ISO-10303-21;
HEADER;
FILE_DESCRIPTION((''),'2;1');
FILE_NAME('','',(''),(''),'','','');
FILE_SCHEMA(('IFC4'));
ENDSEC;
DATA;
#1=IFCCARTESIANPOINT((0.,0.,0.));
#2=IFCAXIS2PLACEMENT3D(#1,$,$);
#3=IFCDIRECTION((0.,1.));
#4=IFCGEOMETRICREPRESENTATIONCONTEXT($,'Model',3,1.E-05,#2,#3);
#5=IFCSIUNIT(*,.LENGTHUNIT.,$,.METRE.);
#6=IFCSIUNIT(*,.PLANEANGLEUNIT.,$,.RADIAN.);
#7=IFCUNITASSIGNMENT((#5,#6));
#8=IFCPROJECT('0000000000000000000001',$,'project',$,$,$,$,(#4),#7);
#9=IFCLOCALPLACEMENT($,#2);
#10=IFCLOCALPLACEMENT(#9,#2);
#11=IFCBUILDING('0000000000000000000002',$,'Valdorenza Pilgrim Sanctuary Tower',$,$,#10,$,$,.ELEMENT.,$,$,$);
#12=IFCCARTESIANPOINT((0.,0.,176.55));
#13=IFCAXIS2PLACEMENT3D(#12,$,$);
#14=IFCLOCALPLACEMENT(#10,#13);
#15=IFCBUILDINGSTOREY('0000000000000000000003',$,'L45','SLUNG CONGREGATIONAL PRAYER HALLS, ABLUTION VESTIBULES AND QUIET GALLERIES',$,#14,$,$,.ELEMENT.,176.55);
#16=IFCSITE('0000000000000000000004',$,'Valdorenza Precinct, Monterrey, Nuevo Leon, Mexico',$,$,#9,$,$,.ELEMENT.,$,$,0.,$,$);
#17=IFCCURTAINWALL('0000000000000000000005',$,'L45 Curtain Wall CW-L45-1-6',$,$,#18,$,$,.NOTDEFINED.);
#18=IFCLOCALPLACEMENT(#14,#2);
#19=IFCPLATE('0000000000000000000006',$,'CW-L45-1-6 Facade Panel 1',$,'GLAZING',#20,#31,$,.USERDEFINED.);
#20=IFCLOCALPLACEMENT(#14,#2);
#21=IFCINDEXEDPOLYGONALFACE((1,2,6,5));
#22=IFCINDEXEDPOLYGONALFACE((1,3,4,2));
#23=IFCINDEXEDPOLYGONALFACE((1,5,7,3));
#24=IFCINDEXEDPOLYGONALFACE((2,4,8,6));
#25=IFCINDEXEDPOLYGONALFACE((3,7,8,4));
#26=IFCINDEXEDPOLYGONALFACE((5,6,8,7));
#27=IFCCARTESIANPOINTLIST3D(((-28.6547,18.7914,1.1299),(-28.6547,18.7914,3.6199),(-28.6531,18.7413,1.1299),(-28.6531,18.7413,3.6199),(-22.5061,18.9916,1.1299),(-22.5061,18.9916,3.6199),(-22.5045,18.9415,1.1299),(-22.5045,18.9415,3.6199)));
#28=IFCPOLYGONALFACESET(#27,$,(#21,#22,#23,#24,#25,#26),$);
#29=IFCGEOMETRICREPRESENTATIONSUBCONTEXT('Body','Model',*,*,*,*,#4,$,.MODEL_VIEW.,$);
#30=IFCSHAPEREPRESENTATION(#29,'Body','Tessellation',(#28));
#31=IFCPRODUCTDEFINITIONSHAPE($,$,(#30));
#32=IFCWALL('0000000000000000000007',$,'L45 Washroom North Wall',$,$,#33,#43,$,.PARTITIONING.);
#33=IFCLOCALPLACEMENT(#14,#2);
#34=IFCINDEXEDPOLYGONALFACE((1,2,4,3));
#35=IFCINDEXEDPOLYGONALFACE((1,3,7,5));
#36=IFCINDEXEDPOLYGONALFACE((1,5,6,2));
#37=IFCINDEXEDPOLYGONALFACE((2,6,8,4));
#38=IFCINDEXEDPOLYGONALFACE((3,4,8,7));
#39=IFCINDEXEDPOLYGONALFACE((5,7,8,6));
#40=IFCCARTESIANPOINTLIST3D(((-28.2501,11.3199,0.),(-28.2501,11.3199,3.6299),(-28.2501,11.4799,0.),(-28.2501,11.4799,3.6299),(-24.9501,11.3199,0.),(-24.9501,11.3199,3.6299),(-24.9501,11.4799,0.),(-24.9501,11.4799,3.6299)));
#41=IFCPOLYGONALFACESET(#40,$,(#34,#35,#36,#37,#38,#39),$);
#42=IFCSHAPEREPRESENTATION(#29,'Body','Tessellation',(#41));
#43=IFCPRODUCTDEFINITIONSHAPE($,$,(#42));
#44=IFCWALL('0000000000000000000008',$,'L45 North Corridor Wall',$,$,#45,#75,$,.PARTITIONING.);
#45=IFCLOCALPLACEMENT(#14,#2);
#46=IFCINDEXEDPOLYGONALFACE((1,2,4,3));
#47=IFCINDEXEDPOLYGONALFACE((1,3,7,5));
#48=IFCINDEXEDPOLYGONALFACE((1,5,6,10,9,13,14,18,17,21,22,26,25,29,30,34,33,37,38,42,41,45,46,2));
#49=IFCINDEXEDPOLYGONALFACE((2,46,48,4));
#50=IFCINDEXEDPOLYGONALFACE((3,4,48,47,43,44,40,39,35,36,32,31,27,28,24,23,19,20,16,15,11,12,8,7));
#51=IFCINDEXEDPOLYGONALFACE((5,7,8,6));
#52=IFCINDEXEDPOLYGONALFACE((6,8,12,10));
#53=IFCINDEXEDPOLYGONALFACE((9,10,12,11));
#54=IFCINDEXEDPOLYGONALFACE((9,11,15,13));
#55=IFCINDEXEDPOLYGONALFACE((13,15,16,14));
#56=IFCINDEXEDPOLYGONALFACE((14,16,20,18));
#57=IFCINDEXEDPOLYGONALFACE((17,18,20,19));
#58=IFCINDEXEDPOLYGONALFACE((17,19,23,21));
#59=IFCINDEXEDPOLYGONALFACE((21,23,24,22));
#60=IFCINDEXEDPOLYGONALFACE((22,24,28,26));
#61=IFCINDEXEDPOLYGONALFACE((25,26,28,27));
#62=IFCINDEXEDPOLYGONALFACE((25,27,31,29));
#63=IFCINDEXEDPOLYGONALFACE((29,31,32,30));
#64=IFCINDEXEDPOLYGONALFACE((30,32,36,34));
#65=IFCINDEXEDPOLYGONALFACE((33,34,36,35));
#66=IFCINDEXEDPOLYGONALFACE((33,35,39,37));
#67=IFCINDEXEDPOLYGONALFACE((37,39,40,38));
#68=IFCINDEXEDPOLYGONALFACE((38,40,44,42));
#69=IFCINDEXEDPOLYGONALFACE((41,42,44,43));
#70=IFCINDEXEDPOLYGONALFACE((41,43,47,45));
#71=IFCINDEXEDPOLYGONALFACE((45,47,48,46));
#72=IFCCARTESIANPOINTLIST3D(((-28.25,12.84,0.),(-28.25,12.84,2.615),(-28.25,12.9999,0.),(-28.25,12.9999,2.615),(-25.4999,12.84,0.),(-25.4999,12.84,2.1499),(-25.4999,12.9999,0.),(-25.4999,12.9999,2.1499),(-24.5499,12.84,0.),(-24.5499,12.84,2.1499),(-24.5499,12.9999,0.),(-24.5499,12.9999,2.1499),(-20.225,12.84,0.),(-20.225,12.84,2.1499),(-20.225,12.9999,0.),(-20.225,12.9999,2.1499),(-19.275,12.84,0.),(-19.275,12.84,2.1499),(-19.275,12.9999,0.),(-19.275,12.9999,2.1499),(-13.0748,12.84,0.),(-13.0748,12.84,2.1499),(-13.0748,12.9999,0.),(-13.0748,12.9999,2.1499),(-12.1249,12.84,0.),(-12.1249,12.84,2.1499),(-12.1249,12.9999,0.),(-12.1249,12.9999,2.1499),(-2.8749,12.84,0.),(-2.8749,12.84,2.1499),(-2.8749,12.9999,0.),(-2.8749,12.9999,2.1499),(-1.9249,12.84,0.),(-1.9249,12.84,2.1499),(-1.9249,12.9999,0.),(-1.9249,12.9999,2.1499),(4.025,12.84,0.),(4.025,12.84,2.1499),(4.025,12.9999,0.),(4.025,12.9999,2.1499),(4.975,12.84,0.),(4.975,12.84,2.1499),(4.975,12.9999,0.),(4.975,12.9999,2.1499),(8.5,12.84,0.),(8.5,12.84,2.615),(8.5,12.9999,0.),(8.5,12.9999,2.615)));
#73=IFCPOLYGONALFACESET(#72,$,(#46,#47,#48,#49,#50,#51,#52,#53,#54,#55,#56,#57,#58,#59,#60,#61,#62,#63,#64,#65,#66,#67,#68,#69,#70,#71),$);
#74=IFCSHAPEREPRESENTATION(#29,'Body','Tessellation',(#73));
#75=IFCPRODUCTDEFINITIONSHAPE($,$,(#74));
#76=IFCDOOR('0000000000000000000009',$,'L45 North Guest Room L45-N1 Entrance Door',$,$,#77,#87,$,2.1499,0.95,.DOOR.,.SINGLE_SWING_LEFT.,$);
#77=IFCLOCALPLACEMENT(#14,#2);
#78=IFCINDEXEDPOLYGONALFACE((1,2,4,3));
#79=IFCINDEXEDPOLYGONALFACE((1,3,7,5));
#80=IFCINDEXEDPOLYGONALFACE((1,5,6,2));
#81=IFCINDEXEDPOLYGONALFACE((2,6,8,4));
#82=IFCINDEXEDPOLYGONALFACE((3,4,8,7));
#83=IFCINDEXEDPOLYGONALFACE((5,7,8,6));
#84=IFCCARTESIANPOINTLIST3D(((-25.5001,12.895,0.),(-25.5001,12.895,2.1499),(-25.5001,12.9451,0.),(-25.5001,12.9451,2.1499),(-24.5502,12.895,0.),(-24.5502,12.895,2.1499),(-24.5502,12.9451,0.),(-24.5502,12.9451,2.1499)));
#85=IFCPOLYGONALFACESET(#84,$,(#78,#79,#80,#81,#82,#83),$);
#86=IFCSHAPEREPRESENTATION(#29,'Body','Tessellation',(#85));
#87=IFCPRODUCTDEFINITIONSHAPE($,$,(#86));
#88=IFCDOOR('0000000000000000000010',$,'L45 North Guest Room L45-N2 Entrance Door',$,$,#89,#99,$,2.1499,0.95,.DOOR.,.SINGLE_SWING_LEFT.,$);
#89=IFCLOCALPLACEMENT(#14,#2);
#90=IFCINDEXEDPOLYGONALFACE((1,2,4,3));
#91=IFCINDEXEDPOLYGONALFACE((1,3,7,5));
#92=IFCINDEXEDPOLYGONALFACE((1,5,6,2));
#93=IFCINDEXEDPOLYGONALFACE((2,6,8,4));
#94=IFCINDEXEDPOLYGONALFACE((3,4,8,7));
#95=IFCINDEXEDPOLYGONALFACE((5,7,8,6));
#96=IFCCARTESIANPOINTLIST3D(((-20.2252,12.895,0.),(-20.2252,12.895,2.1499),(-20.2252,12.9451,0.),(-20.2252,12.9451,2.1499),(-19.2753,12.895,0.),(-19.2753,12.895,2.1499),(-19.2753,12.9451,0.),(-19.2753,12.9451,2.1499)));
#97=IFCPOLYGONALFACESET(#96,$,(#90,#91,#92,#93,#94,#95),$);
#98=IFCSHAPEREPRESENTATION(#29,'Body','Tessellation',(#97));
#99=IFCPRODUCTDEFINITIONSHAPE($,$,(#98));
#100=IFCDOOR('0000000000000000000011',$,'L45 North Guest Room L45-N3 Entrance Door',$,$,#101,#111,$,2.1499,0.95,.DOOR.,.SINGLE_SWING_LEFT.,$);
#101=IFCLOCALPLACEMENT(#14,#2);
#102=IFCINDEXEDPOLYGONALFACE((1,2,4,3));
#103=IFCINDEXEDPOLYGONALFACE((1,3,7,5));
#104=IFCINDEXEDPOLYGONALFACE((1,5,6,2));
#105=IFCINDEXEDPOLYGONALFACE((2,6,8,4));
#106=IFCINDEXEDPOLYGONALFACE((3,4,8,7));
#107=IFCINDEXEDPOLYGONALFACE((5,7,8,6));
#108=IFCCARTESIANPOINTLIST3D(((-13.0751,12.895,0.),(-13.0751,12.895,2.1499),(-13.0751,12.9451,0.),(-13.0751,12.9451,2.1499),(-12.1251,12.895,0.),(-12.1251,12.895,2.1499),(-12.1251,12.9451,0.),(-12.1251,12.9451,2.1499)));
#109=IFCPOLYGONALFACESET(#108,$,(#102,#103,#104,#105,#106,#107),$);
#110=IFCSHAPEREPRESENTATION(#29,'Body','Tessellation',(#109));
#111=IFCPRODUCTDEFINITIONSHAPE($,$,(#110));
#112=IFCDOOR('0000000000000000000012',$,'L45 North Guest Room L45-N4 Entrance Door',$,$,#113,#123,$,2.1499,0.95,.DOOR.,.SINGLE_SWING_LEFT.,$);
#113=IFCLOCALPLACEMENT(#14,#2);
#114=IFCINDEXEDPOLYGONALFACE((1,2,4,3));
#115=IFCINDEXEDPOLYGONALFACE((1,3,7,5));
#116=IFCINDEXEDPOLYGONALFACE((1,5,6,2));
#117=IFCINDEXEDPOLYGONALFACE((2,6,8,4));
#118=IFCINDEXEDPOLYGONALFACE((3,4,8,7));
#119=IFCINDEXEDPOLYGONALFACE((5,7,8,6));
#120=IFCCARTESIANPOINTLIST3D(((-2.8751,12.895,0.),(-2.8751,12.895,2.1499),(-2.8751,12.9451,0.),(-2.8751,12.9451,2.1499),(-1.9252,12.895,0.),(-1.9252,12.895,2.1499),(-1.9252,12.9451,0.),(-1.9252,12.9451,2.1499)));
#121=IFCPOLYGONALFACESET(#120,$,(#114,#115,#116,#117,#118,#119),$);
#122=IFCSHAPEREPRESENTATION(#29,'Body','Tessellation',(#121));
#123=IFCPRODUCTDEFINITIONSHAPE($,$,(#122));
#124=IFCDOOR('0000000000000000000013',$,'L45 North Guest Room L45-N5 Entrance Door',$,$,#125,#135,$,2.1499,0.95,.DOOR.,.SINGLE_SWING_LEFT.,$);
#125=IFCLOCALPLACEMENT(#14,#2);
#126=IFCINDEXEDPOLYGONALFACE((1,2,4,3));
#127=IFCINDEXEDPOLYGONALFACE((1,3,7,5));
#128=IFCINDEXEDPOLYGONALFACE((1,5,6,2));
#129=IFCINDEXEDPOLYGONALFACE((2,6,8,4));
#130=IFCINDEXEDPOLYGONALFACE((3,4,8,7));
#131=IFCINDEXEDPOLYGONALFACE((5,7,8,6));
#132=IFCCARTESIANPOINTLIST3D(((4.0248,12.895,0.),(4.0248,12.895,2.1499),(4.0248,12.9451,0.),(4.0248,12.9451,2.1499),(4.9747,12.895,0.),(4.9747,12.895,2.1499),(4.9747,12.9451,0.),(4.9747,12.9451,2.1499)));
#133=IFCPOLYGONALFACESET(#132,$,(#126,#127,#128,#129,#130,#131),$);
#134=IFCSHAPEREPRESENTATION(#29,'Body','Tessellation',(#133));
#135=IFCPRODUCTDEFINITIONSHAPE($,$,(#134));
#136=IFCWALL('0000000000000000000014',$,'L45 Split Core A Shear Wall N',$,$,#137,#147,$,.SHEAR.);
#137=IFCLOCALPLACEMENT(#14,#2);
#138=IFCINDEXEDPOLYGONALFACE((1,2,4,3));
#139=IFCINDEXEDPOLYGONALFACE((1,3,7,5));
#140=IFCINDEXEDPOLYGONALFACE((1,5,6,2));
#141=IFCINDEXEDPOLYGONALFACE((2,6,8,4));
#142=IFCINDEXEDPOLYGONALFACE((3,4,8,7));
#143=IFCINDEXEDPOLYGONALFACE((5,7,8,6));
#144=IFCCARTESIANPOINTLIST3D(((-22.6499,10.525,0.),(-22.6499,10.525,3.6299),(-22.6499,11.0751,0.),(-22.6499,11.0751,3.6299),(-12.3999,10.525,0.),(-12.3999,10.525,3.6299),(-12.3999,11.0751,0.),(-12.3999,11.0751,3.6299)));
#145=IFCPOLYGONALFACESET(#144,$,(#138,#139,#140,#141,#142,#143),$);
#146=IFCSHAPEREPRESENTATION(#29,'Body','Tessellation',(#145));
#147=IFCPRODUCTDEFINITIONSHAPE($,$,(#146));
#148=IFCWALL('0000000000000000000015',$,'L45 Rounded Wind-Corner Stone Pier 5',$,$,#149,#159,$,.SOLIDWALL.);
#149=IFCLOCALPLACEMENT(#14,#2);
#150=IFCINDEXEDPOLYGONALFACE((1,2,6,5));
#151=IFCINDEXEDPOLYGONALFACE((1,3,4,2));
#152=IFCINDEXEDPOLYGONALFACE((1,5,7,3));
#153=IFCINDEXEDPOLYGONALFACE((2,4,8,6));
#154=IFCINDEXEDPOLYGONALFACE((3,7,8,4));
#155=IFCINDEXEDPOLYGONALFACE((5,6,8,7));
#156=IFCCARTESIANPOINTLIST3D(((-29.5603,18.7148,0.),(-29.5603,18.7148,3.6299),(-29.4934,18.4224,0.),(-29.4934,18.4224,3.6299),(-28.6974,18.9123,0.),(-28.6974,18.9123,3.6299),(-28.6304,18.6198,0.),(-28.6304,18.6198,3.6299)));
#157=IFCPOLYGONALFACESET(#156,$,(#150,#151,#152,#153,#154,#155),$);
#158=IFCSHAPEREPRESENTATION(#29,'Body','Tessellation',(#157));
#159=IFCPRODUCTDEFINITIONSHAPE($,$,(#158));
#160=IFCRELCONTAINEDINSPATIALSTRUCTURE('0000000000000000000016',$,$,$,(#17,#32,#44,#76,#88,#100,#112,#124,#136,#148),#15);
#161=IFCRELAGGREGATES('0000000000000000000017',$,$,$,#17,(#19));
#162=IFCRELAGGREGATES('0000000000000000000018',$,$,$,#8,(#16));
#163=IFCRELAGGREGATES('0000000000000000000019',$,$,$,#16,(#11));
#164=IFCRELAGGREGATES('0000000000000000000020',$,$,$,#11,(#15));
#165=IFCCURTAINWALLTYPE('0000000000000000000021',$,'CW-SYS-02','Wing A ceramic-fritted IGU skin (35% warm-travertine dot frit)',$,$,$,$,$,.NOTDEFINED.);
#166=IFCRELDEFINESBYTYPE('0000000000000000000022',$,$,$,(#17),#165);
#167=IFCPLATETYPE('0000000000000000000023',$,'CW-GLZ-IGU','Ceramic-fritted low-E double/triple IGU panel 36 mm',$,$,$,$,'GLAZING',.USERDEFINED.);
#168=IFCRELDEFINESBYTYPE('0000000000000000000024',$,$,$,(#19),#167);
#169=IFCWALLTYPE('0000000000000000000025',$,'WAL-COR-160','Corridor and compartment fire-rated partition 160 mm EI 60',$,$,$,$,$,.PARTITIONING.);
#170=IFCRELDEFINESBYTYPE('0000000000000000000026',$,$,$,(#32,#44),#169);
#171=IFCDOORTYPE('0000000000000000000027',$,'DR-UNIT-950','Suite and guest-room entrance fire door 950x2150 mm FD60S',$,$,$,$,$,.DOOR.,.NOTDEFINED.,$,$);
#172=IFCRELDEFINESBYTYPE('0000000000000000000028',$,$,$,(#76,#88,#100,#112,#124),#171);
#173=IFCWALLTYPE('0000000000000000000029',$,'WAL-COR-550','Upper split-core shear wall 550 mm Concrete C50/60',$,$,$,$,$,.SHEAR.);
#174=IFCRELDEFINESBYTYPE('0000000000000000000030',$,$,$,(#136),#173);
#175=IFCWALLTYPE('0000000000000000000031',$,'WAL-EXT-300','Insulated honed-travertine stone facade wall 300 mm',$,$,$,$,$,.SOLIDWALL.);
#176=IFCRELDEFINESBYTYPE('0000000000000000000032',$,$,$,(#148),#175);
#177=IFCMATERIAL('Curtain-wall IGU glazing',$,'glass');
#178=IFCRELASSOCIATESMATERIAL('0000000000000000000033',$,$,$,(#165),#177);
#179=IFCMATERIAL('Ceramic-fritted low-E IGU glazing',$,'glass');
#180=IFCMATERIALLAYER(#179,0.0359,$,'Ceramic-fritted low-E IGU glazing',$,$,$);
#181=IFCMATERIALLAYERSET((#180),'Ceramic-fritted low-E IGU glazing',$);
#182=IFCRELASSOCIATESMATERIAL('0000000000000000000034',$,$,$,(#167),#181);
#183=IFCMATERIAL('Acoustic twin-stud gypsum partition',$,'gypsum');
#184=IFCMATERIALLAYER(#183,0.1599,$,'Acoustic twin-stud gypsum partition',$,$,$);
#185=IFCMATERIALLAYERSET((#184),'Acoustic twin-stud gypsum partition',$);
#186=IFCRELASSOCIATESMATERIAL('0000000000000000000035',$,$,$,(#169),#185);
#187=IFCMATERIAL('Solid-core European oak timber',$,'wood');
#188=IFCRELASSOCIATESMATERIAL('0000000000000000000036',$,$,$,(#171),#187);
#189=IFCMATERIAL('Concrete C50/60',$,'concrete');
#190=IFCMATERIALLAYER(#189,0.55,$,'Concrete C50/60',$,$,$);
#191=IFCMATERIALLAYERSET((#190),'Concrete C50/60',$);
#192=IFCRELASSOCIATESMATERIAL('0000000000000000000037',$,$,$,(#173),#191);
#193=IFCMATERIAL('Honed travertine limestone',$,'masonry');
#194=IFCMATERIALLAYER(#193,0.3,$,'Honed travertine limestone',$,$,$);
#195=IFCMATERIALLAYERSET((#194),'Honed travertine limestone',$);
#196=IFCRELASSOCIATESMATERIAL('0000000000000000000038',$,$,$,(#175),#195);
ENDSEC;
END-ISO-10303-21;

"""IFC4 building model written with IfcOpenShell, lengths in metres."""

from ifc_helpers import new_model, si_unit, direction, frame, frame_2d, origin, origin_2d, place, context, subcontext, project, spatial, rectangle, extrude, source, transform, mapped, material, layer, layer_set, type_object, element, fill, aggregate, save


model = new_model("IFC4")

# Units and contexts
model_context = context("Model", 3, precision=1e-05, world=origin(), true_north=direction((0.0, 1.0)))
body_context = subcontext(model_context, "Body", "Model", "MODEL_VIEW")
ifc_project = project(units=[si_unit("LENGTHUNIT", "METRE"), si_unit("PLANEANGLEUNIT", "RADIAN")], contexts=[model_context])

# Site, building, storey
site_placement = place(None, origin())
site = spatial("IfcSite", under=ifc_project, at=site_placement, Name="Valdorenza Precinct, Monterrey, Nuevo Leon, Mexico", CompositionType="ELEMENT", RefElevation=0.0)
building_placement = place(site_placement, origin())
building = spatial("IfcBuilding", under=site, at=building_placement, Name="Valdorenza Pilgrim Sanctuary Tower", CompositionType="ELEMENT")
storey_placement = place(building_placement, frame((0.0, 0.0, 176.55)))
storey = spatial("IfcBuildingStorey", under=building, at=storey_placement, Name="L45", Description="SLUNG CONGREGATIONAL PRAYER HALLS, ABLUTION VESTIBULES AND QUIET GALLERIES", CompositionType="ELEMENT", Elevation=176.55)

# Shared definitions
ifc_material_1 = material(Name="Concrete C50/60", Category="concrete")

# Curtain wall, plate
ifc_material_2 = material(Name="Curtain-wall IGU glazing", Category="glass")
curtain_wall_type = type_object("IfcCurtainWallType", Name="CW-SYS-02", Description="Wing A ceramic-fritted IGU skin (35% warm-travertine dot frit)", PredefinedType="NOTDEFINED", material=ifc_material_2)
curtain_wall_placement = place(storey_placement, origin())
curtain_wall = element("IfcCurtainWall", 1, at=curtain_wall_placement, inside=storey, type_object=curtain_wall_type, Name="L45 Curtain Wall CW-L45-1-6", PredefinedType="NOTDEFINED")
ifc_material_3 = material(Name="Honed travertine limestone", Category="masonry")
ifc_material_4 = material(Name="Ceramic-fritted low-E IGU glazing", Category="glass")
ifc_layer_1 = layer(ifc_material_4, 0.0359, Name="Ceramic-fritted low-E IGU glazing")
ifc_layer_set_1 = layer_set([ifc_layer_1], Name="Ceramic-fritted low-E IGU glazing")
plate_type_1 = type_object("IfcPlateType", Name="CW-GLZ-IGU", Description="Ceramic-fritted low-E double/triple IGU panel 36 mm", ElementType="GLAZING", PredefinedType="USERDEFINED", material=ifc_layer_set_1)
shared_shape_1 = source(origin(), body_context, "Body", "SweptSolid", [
    extrude(rectangle(XDim=6.1519, YDim=0.05, at=origin_2d()), origin(), (0.0, 0.0, 1.0), 2.49),
])
plate_1_placement = place(storey_placement, frame((-25.5796, 18.8665, 1.1299), z_axis=(0.0, 0.0, 1.0), x_axis=(0.99947, 0.032545, 0.0)))
plate_1 = element("IfcPlate", 2, at=plate_1_placement, type_object=plate_type_1, Name="CW-L45-1-6 Facade Panel 1", ObjectType="GLAZING", PredefinedType="USERDEFINED", context=body_context, shape_type="MappedRepresentation", body=[
    mapped(shared_shape_1, transform((0.0, 0.0, 0.0), x_axis=(1.0, 0.0, 0.0), y_axis=(0.0, 1.0, 0.0), z_axis=(0.0, 0.0, 1.0), scale=1.0)),
])
aggregate(curtain_wall, [plate_1])

# Wall
ifc_material_5 = material(Name="Acoustic twin-stud gypsum partition", Category="gypsum")
ifc_layer_2 = layer(ifc_material_5, 0.1599, Name="Acoustic twin-stud gypsum partition")
ifc_layer_set_2 = layer_set([ifc_layer_2], Name="Acoustic twin-stud gypsum partition")
wall_type_1 = type_object("IfcWallType", Name="WAL-COR-160", Description="Corridor and compartment fire-rated partition 160 mm EI 60", PredefinedType="PARTITIONING", material=ifc_layer_set_2)
wall_1_placement = place(storey_placement, frame((-28.25, 11.3999, 0.0), z_axis=(0.0, 0.0, 1.0), x_axis=(1.0, 0.0, 0.0)))
element("IfcWall", 3, at=wall_1_placement, inside=storey, type_object=wall_type_1, Name="L45 Washroom North Wall", PredefinedType="PARTITIONING", context=body_context, shape_type="SweptSolid", body=[
    extrude(rectangle(XDim=3.3, YDim=0.1599, at=frame_2d((1.6499, 0.0))), origin(), (0.0, 0.0, 1.0), 3.6299),
])

# Wall, openings, doors
wall_2_placement = place(storey_placement, frame((-28.25, 12.9199, 0.0), z_axis=(0.0, 0.0, 1.0), x_axis=(1.0, 0.0, 0.0)))
wall_2 = element("IfcWall", 4, at=wall_2_placement, inside=storey, type_object=wall_type_1, Name="L45 North Corridor Wall", PredefinedType="PARTITIONING", context=body_context, shape_type="SweptSolid", body=[
    extrude(rectangle(XDim=36.75, YDim=0.1599, at=frame_2d((18.375, 0.0))), origin(), (0.0, 0.0, 1.0), 2.615),
])
opening_1_placement = place(wall_2_placement, frame((2.75, 0.0, 0.0)))
opening_1 = element("IfcOpeningElement", 5, at=opening_1_placement, cuts=wall_2, PredefinedType="OPENING", context=body_context, shape_type="SweptSolid", body=[
    extrude(rectangle(XDim=0.95, YDim=2.1499, at=frame_2d((0.4751, 1.075))), frame((0.0, 0.0947, 0.0), z_axis=(0.0, -1.0, 0.0), x_axis=(1.0, 0.0, 0.0)), (0.0, 0.0, 1.0), 0.1897),
])
opening_2_placement = place(wall_2_placement, frame((8.0249, 0.0, 0.0)))
opening_2 = element("IfcOpeningElement", 6, at=opening_2_placement, cuts=wall_2, PredefinedType="OPENING", context=body_context, shape_type="SweptSolid", body=[
    extrude(rectangle(XDim=0.95, YDim=2.1499, at=frame_2d((0.4751, 1.075))), frame((0.0, 0.0947, 0.0), z_axis=(0.0, -1.0, 0.0), x_axis=(1.0, 0.0, 0.0)), (0.0, 0.0, 1.0), 0.1897),
])
opening_3_placement = place(wall_2_placement, frame((15.175, 0.0, 0.0)))
opening_3 = element("IfcOpeningElement", 7, at=opening_3_placement, cuts=wall_2, PredefinedType="OPENING", context=body_context, shape_type="SweptSolid", body=[
    extrude(rectangle(XDim=0.95, YDim=2.1499, at=frame_2d((0.4751, 1.075))), frame((0.0, 0.0947, 0.0), z_axis=(0.0, -1.0, 0.0), x_axis=(1.0, 0.0, 0.0)), (0.0, 0.0, 1.0), 0.1897),
])
opening_4_placement = place(wall_2_placement, frame((25.375, 0.0, 0.0)))
opening_4 = element("IfcOpeningElement", 8, at=opening_4_placement, cuts=wall_2, PredefinedType="OPENING", context=body_context, shape_type="SweptSolid", body=[
    extrude(rectangle(XDim=0.95, YDim=2.1499, at=frame_2d((0.4751, 1.075))), frame((0.0, 0.0947, 0.0), z_axis=(0.0, -1.0, 0.0), x_axis=(1.0, 0.0, 0.0)), (0.0, 0.0, 1.0), 0.1897),
])
opening_5_placement = place(wall_2_placement, frame((32.2749, 0.0, 0.0)))
opening_5 = element("IfcOpeningElement", 9, at=opening_5_placement, cuts=wall_2, PredefinedType="OPENING", context=body_context, shape_type="SweptSolid", body=[
    extrude(rectangle(XDim=0.95, YDim=2.1499, at=frame_2d((0.4751, 1.075))), frame((0.0, 0.0947, 0.0), z_axis=(0.0, -1.0, 0.0), x_axis=(1.0, 0.0, 0.0)), (0.0, 0.0, 1.0), 0.1897),
])
ifc_material_6 = material(Name="Solid-core European oak timber", Category="wood")
door_type_1 = type_object("IfcDoorType", Name="DR-UNIT-950", Description="Suite and guest-room entrance fire door 950x2150 mm FD60S", OperationType="NOTDEFINED", PredefinedType="DOOR", material=ifc_material_6)
door_1_placement = place(opening_1_placement, frame((0.95, 0.0, 0.0), z_axis=(0.0, 0.0, 1.0), x_axis=(-1.0, 0.0, 0.0)))
door_1 = element("IfcDoor", 10, at=door_1_placement, inside=storey, type_object=door_type_1, Name="L45 North Guest Room L45-N1 Entrance Door", OperationType="SINGLE_SWING_LEFT", OverallHeight=2.1499, OverallWidth=0.95, PredefinedType="DOOR", context=body_context, shape_type="SweptSolid", body=[
    extrude(rectangle(XDim=0.95, YDim=2.1499, at=frame_2d((0.4751, 1.075))), frame((0.0, 0.0249, 0.0), z_axis=(0.0, -1.0, 0.0), x_axis=(1.0, 0.0, 0.0)), (0.0, 0.0, 1.0), 0.05),
])
fill(opening_1, door_1)
door_2_placement = place(opening_2_placement, frame((0.95, 0.0, 0.0), z_axis=(0.0, 0.0, 1.0), x_axis=(-1.0, 0.0, 0.0)))
door_2 = element("IfcDoor", 11, at=door_2_placement, inside=storey, type_object=door_type_1, Name="L45 North Guest Room L45-N2 Entrance Door", OperationType="SINGLE_SWING_LEFT", OverallHeight=2.1499, OverallWidth=0.95, PredefinedType="DOOR", context=body_context, shape_type="SweptSolid", body=[
    extrude(rectangle(XDim=0.95, YDim=2.1499, at=frame_2d((0.4751, 1.075))), frame((0.0, 0.0249, 0.0), z_axis=(0.0, -1.0, 0.0), x_axis=(1.0, 0.0, 0.0)), (0.0, 0.0, 1.0), 0.05),
])
fill(opening_2, door_2)
door_3_placement = place(opening_3_placement, frame((0.95, 0.0, 0.0), z_axis=(0.0, 0.0, 1.0), x_axis=(-1.0, 0.0, 0.0)))
door_3 = element("IfcDoor", 12, at=door_3_placement, inside=storey, type_object=door_type_1, Name="L45 North Guest Room L45-N3 Entrance Door", OperationType="SINGLE_SWING_LEFT", OverallHeight=2.1499, OverallWidth=0.95, PredefinedType="DOOR", context=body_context, shape_type="SweptSolid", body=[
    extrude(rectangle(XDim=0.95, YDim=2.1499, at=frame_2d((0.4751, 1.075))), frame((0.0, 0.0249, 0.0), z_axis=(0.0, -1.0, 0.0), x_axis=(1.0, 0.0, 0.0)), (0.0, 0.0, 1.0), 0.05),
])
fill(opening_3, door_3)
door_4_placement = place(opening_4_placement, frame((0.95, 0.0, 0.0), z_axis=(0.0, 0.0, 1.0), x_axis=(-1.0, 0.0, 0.0)))
door_4 = element("IfcDoor", 13, at=door_4_placement, inside=storey, type_object=door_type_1, Name="L45 North Guest Room L45-N4 Entrance Door", OperationType="SINGLE_SWING_LEFT", OverallHeight=2.1499, OverallWidth=0.95, PredefinedType="DOOR", context=body_context, shape_type="SweptSolid", body=[
    extrude(rectangle(XDim=0.95, YDim=2.1499, at=frame_2d((0.4751, 1.075))), frame((0.0, 0.0249, 0.0), z_axis=(0.0, -1.0, 0.0), x_axis=(1.0, 0.0, 0.0)), (0.0, 0.0, 1.0), 0.05),
])
fill(opening_4, door_4)
door_5_placement = place(opening_5_placement, frame((0.95, 0.0, 0.0), z_axis=(0.0, 0.0, 1.0), x_axis=(-1.0, 0.0, 0.0)))
door_5 = element("IfcDoor", 14, at=door_5_placement, inside=storey, type_object=door_type_1, Name="L45 North Guest Room L45-N5 Entrance Door", OperationType="SINGLE_SWING_LEFT", OverallHeight=2.1499, OverallWidth=0.95, PredefinedType="DOOR", context=body_context, shape_type="SweptSolid", body=[
    extrude(rectangle(XDim=0.95, YDim=2.1499, at=frame_2d((0.4751, 1.075))), frame((0.0, 0.0249, 0.0), z_axis=(0.0, -1.0, 0.0), x_axis=(1.0, 0.0, 0.0)), (0.0, 0.0, 1.0), 0.05),
])
fill(opening_5, door_5)

# Walls
ifc_layer_3 = layer(ifc_material_1, 0.55, Name="Concrete C50/60")
ifc_layer_set_3 = layer_set([ifc_layer_3], Name="Concrete C50/60")
wall_type_2 = type_object("IfcWallType", Name="WAL-COR-550", Description="Upper split-core shear wall 550 mm Concrete C50/60", PredefinedType="SHEAR", material=ifc_layer_set_3)
wall_3_placement = place(storey_placement, frame((-22.6499, 10.8, 0.0), z_axis=(0.0, 0.0, 1.0), x_axis=(1.0, 0.0, 0.0)))
element("IfcWall", 15, at=wall_3_placement, inside=storey, type_object=wall_type_2, Name="L45 Split Core A Shear Wall N", PredefinedType="SHEAR", context=body_context, shape_type="SweptSolid", body=[
    extrude(rectangle(XDim=10.25, YDim=0.55, at=frame_2d((5.125, 0.0))), origin(), (0.0, 0.0, 1.0), 3.6299),
])
ifc_layer_4 = layer(ifc_material_3, 0.3, Name="Honed travertine limestone")
ifc_layer_set_4 = layer_set([ifc_layer_4], Name="Honed travertine limestone")
wall_type_3 = type_object("IfcWallType", Name="WAL-EXT-300", Description="Insulated honed-travertine stone facade wall 300 mm", PredefinedType="SOLIDWALL", material=ifc_layer_set_4)
wall_4_placement = place(storey_placement, frame((-29.5269, 18.5686, 0.0), z_axis=(0.0, 0.0, 1.0), x_axis=(0.974799, 0.223087, 0.0)))
element("IfcWall", 16, at=wall_4_placement, inside=storey, type_object=wall_type_3, Name="L45 Rounded Wind-Corner Stone Pier 5", PredefinedType="SOLIDWALL", context=body_context, shape_type="SweptSolid", body=[
    extrude(rectangle(XDim=0.8853, YDim=0.3, at=frame_2d((0.4426, 0.0))), origin(), (0.0, 0.0, 1.0), 3.6299),
])

save(model, "model.ifc")
